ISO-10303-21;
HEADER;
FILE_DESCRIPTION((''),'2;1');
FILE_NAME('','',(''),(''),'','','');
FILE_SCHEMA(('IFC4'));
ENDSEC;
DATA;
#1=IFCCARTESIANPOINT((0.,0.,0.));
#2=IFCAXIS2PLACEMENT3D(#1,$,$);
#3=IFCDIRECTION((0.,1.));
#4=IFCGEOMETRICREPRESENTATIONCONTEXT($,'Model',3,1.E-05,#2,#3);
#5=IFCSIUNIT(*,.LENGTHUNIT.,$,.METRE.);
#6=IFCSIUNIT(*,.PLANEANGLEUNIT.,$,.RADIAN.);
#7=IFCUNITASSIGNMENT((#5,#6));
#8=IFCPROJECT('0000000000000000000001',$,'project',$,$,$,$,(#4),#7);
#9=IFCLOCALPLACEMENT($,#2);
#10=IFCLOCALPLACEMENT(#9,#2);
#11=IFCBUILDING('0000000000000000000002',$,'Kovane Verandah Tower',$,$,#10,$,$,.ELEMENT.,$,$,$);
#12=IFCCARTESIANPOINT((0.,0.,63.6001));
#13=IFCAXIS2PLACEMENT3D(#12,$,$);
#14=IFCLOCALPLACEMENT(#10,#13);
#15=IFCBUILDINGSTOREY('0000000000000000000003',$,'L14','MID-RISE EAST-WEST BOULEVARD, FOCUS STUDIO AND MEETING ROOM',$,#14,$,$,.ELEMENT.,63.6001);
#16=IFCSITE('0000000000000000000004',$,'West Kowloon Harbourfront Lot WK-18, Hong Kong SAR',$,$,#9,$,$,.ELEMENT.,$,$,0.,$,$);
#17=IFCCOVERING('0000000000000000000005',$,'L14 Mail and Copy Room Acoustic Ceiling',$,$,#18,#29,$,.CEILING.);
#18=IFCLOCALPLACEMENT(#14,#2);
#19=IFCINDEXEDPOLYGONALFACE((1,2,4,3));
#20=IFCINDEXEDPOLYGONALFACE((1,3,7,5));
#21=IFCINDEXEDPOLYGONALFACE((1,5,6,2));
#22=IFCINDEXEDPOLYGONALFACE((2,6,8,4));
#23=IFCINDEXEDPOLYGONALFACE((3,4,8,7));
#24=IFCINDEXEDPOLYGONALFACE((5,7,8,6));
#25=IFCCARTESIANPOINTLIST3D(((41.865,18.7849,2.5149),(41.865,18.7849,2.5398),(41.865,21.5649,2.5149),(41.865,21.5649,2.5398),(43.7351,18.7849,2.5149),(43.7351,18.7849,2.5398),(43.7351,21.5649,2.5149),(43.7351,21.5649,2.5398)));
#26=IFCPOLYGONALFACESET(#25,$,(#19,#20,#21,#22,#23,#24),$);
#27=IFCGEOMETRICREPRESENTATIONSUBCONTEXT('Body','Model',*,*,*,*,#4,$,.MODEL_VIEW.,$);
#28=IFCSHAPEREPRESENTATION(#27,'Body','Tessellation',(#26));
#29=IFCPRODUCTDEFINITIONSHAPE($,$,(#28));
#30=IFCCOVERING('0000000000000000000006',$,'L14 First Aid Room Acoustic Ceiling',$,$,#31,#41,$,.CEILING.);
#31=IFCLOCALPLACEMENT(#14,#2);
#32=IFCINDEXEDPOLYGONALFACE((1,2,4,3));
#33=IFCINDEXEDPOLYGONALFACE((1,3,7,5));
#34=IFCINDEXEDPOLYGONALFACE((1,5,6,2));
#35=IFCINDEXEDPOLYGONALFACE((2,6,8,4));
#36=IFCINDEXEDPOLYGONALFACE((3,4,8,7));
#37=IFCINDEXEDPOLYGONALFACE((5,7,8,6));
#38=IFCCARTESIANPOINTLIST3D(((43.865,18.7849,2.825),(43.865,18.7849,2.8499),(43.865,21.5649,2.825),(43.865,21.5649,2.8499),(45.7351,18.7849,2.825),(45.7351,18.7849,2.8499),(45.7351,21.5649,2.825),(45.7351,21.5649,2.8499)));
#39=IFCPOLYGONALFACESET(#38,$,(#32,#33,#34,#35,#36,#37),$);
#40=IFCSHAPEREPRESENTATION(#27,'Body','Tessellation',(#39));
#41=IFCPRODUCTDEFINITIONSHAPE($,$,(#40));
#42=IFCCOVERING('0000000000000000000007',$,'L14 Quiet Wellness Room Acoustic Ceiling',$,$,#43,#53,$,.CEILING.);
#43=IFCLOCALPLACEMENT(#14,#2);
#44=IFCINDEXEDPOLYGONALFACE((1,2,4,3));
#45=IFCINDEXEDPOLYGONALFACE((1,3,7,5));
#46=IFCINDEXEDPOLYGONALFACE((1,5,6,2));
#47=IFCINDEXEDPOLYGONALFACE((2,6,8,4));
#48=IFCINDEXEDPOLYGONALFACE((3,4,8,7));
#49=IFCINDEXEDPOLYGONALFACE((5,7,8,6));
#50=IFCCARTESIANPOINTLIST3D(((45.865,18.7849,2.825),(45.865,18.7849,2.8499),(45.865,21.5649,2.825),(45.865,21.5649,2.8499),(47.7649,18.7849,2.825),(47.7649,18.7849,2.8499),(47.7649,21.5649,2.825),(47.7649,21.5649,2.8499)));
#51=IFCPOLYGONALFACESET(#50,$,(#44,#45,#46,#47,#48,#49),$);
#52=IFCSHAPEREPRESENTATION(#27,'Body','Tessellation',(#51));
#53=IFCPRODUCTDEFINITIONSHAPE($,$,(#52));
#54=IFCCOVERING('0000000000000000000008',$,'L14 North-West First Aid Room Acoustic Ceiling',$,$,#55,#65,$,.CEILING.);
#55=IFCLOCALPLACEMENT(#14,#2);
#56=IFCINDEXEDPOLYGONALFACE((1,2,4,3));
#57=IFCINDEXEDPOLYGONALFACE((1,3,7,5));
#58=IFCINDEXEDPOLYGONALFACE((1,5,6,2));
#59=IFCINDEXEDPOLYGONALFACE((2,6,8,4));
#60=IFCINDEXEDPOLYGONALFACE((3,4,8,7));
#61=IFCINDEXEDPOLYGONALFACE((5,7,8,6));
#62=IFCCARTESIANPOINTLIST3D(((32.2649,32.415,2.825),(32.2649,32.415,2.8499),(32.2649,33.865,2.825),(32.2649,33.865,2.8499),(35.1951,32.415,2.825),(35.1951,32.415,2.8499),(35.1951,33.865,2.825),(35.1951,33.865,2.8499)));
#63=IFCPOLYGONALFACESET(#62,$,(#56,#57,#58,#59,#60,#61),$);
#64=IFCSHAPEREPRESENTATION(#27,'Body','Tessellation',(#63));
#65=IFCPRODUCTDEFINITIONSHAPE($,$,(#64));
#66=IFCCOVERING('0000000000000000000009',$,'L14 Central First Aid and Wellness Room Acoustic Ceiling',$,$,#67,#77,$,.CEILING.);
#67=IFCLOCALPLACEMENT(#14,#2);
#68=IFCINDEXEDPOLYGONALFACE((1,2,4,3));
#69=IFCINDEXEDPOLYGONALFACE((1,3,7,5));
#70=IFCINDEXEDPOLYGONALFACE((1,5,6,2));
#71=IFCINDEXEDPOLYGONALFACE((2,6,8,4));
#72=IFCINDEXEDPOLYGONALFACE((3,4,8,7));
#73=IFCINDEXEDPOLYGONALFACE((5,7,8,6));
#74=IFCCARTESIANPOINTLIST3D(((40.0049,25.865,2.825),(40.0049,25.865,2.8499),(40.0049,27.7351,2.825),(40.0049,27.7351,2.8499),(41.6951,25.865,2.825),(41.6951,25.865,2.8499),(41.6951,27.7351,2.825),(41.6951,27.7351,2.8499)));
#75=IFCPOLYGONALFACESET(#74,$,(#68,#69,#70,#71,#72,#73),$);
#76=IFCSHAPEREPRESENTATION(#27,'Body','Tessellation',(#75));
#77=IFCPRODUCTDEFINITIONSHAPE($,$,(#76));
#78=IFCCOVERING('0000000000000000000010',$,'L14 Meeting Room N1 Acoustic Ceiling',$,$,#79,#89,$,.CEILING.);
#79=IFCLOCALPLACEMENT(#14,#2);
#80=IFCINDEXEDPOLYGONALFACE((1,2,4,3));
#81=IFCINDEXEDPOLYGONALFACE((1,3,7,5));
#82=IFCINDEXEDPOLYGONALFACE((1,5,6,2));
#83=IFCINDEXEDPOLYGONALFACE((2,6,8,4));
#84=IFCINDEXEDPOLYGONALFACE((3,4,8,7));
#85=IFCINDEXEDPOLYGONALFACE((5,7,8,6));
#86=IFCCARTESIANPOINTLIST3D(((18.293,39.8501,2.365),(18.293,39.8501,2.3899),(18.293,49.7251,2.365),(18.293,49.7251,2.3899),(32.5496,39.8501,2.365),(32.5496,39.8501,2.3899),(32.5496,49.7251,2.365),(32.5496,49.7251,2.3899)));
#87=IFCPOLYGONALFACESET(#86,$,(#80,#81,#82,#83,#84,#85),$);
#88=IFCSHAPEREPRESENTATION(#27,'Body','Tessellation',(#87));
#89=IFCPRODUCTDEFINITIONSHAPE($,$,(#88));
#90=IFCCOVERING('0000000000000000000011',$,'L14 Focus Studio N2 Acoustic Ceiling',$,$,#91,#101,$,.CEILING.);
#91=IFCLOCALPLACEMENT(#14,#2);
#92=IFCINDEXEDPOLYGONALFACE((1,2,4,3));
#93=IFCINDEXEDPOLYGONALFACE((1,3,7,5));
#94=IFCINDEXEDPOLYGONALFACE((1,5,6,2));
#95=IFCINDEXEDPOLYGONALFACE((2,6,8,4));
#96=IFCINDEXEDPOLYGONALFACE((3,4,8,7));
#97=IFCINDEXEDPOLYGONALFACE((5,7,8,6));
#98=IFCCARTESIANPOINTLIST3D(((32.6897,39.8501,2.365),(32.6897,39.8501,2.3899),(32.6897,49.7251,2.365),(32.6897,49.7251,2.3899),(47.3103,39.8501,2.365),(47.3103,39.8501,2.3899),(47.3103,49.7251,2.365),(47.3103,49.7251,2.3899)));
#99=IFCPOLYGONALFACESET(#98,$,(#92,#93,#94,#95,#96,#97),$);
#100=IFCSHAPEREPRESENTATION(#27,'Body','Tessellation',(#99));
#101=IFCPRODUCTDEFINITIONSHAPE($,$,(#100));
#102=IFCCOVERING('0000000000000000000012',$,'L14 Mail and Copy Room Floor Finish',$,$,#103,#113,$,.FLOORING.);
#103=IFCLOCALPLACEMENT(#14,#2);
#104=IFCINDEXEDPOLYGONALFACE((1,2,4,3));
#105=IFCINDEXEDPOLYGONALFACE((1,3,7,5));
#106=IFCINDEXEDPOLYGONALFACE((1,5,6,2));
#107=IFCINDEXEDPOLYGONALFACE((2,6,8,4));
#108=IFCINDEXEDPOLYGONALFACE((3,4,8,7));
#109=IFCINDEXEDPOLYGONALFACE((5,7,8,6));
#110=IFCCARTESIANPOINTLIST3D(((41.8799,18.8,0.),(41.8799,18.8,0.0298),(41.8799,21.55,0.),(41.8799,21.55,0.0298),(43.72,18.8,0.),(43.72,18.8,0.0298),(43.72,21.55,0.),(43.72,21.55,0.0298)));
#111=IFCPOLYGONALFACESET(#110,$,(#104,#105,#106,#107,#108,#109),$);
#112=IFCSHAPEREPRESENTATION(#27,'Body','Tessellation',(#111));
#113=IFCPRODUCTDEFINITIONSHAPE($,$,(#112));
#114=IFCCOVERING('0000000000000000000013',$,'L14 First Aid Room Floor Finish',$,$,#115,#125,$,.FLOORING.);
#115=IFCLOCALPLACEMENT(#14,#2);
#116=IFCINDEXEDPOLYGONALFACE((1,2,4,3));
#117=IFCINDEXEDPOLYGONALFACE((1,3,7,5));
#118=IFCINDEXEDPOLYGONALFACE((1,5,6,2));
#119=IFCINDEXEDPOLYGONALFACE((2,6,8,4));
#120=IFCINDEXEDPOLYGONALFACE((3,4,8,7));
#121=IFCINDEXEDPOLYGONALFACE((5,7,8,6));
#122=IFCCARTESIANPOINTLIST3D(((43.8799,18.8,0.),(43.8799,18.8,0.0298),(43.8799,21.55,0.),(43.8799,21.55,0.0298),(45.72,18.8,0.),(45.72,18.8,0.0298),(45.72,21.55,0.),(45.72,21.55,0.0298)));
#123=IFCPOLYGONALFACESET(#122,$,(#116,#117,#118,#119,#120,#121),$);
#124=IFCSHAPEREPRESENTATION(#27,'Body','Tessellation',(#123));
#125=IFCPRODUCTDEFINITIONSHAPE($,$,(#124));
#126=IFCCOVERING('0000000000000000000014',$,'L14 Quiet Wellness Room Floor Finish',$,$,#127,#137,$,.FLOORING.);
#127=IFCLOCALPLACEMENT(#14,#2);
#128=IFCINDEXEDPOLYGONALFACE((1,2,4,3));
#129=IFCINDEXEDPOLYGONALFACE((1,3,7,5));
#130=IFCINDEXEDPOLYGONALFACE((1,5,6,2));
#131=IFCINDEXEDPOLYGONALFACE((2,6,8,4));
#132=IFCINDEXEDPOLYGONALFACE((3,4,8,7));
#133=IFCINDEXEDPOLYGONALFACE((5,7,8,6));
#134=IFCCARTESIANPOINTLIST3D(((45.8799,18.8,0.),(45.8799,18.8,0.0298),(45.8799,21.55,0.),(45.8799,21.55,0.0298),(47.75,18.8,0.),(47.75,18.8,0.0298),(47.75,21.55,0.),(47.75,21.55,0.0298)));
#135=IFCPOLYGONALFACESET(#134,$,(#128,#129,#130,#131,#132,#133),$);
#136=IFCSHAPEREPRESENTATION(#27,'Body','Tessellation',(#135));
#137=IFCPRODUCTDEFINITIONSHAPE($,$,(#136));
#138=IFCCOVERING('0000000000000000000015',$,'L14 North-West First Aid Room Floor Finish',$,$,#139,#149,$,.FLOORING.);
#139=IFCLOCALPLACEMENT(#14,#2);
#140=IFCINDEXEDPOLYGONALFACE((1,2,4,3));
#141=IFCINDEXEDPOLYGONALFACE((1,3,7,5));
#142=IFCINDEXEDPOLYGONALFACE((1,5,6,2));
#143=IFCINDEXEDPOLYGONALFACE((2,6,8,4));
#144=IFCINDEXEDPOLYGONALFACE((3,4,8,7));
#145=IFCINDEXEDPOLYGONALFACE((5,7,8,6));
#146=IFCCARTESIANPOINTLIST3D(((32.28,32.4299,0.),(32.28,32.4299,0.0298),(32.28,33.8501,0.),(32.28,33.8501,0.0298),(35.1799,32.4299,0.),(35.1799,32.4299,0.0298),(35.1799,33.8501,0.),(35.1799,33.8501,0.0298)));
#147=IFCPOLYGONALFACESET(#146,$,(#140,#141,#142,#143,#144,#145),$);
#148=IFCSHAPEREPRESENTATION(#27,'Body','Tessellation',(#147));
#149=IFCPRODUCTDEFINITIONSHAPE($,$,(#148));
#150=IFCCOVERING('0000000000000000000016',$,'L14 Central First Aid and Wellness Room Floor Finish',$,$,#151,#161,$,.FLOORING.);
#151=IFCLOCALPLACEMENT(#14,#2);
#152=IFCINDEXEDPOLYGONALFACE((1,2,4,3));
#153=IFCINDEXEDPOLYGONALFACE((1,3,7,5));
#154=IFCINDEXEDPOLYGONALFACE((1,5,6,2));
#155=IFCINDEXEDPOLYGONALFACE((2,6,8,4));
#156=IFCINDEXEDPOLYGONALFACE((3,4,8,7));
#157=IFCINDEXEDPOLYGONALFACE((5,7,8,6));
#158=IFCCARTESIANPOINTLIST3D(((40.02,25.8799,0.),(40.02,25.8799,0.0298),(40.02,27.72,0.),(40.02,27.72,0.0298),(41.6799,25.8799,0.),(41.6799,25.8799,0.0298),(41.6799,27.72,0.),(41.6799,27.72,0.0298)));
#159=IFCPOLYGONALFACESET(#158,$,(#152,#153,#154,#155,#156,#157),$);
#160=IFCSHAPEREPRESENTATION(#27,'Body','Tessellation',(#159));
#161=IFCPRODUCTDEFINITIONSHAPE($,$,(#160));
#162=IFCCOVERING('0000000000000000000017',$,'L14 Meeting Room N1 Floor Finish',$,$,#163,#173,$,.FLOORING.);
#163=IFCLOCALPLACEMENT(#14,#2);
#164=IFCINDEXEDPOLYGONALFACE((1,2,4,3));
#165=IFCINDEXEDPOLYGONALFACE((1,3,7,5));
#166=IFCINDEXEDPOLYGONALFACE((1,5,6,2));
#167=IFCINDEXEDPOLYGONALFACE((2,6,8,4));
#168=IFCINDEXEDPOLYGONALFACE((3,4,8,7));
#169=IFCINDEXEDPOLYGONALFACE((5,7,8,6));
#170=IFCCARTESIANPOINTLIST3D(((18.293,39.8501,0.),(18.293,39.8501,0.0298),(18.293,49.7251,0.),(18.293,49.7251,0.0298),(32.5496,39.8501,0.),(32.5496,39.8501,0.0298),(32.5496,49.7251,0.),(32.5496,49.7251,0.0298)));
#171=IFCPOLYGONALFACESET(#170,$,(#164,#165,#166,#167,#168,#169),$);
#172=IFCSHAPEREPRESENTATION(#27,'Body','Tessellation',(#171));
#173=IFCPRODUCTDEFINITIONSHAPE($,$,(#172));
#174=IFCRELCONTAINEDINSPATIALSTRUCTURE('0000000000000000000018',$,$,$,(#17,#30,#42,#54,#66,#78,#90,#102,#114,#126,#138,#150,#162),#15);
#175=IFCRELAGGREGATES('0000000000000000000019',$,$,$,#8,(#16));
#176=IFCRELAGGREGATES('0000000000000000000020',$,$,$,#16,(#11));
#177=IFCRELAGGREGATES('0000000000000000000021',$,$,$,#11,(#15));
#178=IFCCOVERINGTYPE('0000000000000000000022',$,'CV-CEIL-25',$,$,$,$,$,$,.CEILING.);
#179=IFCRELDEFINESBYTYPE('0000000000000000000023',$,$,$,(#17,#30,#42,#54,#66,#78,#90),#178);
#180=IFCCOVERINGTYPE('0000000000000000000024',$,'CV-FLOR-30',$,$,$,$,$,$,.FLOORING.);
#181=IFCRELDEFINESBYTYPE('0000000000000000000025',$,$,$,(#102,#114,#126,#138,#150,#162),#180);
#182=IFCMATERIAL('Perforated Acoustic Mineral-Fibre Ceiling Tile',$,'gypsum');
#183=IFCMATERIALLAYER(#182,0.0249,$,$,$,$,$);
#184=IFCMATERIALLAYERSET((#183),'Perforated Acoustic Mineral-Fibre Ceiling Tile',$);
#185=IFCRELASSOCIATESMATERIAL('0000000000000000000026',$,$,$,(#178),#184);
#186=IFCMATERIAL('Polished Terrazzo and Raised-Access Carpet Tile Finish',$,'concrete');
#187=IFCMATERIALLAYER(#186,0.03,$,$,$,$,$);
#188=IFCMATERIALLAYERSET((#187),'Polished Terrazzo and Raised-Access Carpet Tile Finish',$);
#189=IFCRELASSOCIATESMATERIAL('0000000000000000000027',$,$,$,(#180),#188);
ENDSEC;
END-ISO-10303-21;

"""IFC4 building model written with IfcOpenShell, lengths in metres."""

from ifc_helpers import new_model, si_unit, direction, frame, origin, place, context, subcontext, project, spatial, polyline, outline, extrude, material, layer, layer_set, type_object, element, save


model = new_model("IFC4")

# Units and contexts
model_context = context("Model", 3, precision=1e-05, world=origin(), true_north=direction((0.0, 1.0)))
body_context = subcontext(model_context, "Body", "Model", "MODEL_VIEW")
ifc_project = project(units=[si_unit("LENGTHUNIT", "METRE"), si_unit("PLANEANGLEUNIT", "RADIAN")], contexts=[model_context])

# Site, building, storey
site_placement = place(None, origin())
site = spatial("IfcSite", under=ifc_project, at=site_placement, Name="West Kowloon Harbourfront Lot WK-18, Hong Kong SAR", CompositionType="ELEMENT", RefElevation=0.0)
building_placement = place(site_placement, origin())
building = spatial("IfcBuilding", under=site, at=building_placement, Name="Kovane Verandah Tower", CompositionType="ELEMENT")
storey_placement = place(building_placement, frame((0.0, 0.0, 63.6001)))
storey = spatial("IfcBuildingStorey", under=building, at=storey_placement, Name="L14", Description="MID-RISE EAST-WEST BOULEVARD, FOCUS STUDIO AND MEETING ROOM", CompositionType="ELEMENT", Elevation=63.6001)

# Coverings
ifc_material_1 = material(Name="Perforated Acoustic Mineral-Fibre Ceiling Tile", Category="gypsum")
ifc_layer_1 = layer(ifc_material_1, 0.0249)
ifc_layer_set_1 = layer_set([ifc_layer_1], Name="Perforated Acoustic Mineral-Fibre Ceiling Tile")
covering_type_1 = type_object("IfcCoveringType", Name="CV-CEIL-25", PredefinedType="CEILING", material=ifc_layer_set_1)
covering_1_placement = place(storey_placement, frame((0.0, 0.0, 2.5149)))
element("IfcCovering", 1, at=covering_1_placement, inside=storey, type_object=covering_type_1, Name="L14 Mail and Copy Room Acoustic Ceiling", PredefinedType="CEILING", context=body_context, shape_type="SweptSolid", body=[
    extrude(outline(polyline([(41.865, 18.7849), (43.7351, 18.7849), (43.7351, 21.5649), (41.865, 21.5649), (41.865, 18.7849)])), origin(), (0.0, 0.0, 1.0), 0.0249),
])
covering_2_placement = place(storey_placement, frame((0.0, 0.0, 2.825)))
element("IfcCovering", 2, at=covering_2_placement, inside=storey, type_object=covering_type_1, Name="L14 First Aid Room Acoustic Ceiling", PredefinedType="CEILING", context=body_context, shape_type="SweptSolid", body=[
    extrude(outline(polyline([(43.865, 18.7849), (45.7351, 18.7849), (45.7351, 21.5649), (43.865, 21.5649), (43.865, 18.7849)])), origin(), (0.0, 0.0, 1.0), 0.0249),
])
covering_3_placement = place(storey_placement, frame((0.0, 0.0, 2.825)))
element("IfcCovering", 3, at=covering_3_placement, inside=storey, type_object=covering_type_1, Name="L14 Quiet Wellness Room Acoustic Ceiling", PredefinedType="CEILING", context=body_context, shape_type="SweptSolid", body=[
    extrude(outline(polyline([(45.865, 18.7849), (47.7649, 18.7849), (47.7649, 21.5649), (45.865, 21.5649), (45.865, 18.7849)])), origin(), (0.0, 0.0, 1.0), 0.0249),
])
covering_4_placement = place(storey_placement, frame((0.0, 0.0, 2.825)))
element("IfcCovering", 4, at=covering_4_placement, inside=storey, type_object=covering_type_1, Name="L14 North-West First Aid Room Acoustic Ceiling", PredefinedType="CEILING", context=body_context, shape_type="SweptSolid", body=[
    extrude(outline(polyline([(32.2649, 32.415), (35.1951, 32.415), (35.1951, 33.865), (32.2649, 33.865), (32.2649, 32.415)])), origin(), (0.0, 0.0, 1.0), 0.0249),
])
covering_5_placement = place(storey_placement, frame((0.0, 0.0, 2.825)))
element("IfcCovering", 5, at=covering_5_placement, inside=storey, type_object=covering_type_1, Name="L14 Central First Aid and Wellness Room Acoustic Ceiling", PredefinedType="CEILING", context=body_context, shape_type="SweptSolid", body=[
    extrude(outline(polyline([(40.0049, 25.865), (41.6951, 25.865), (41.6951, 27.7351), (40.0049, 27.7351), (40.0049, 25.865)])), origin(), (0.0, 0.0, 1.0), 0.0249),
])
covering_6_placement = place(storey_placement, frame((0.0, 0.0, 2.365)))
element("IfcCovering", 6, at=covering_6_placement, inside=storey, type_object=covering_type_1, Name="L14 Meeting Room N1 Acoustic Ceiling", PredefinedType="CEILING", context=body_context, shape_type="SweptSolid", body=[
    extrude(outline(polyline([(18.293, 39.8501), (32.5496, 39.8501), (32.5496, 49.7251), (18.293, 49.7251), (18.293, 39.8501)])), origin(), (0.0, 0.0, 1.0), 0.0249),
])
covering_7_placement = place(storey_placement, frame((0.0, 0.0, 2.365)))
element("IfcCovering", 7, at=covering_7_placement, inside=storey, type_object=covering_type_1, Name="L14 Focus Studio N2 Acoustic Ceiling", PredefinedType="CEILING", context=body_context, shape_type="SweptSolid", body=[
    extrude(outline(polyline([(32.6897, 39.8501), (47.3103, 39.8501), (47.3103, 49.7251), (32.6897, 49.7251), (32.6897, 39.8501)])), origin(), (0.0, 0.0, 1.0), 0.0249),
])
ifc_material_2 = material(Name="Polished Terrazzo and Raised-Access Carpet Tile Finish", Category="concrete")
ifc_layer_2 = layer(ifc_material_2, 0.03)
ifc_layer_set_2 = layer_set([ifc_layer_2], Name="Polished Terrazzo and Raised-Access Carpet Tile Finish")
covering_type_2 = type_object("IfcCoveringType", Name="CV-FLOR-30", PredefinedType="FLOORING", material=ifc_layer_set_2)
covering_8_placement = place(storey_placement, origin())
element("IfcCovering", 8, at=covering_8_placement, inside=storey, type_object=covering_type_2, Name="L14 Mail and Copy Room Floor Finish", PredefinedType="FLOORING", context=body_context, shape_type="SweptSolid", body=[
    extrude(outline(polyline([(41.8799, 18.8), (43.72, 18.8), (43.72, 21.55), (41.8799, 21.55), (41.8799, 18.8)])), origin(), (0.0, 0.0, 1.0), 0.0298),
])
covering_9_placement = place(storey_placement, origin())
element("IfcCovering", 9, at=covering_9_placement, inside=storey, type_object=covering_type_2, Name="L14 First Aid Room Floor Finish", PredefinedType="FLOORING", context=body_context, shape_type="SweptSolid", body=[
    extrude(outline(polyline([(43.8799, 18.8), (45.72, 18.8), (45.72, 21.55), (43.8799, 21.55), (43.8799, 18.8)])), origin(), (0.0, 0.0, 1.0), 0.0298),
])
covering_10_placement = place(storey_placement, origin())
element("IfcCovering", 10, at=covering_10_placement, inside=storey, type_object=covering_type_2, Name="L14 Quiet Wellness Room Floor Finish", PredefinedType="FLOORING", context=body_context, shape_type="SweptSolid", body=[
    extrude(outline(polyline([(45.8799, 18.8), (47.75, 18.8), (47.75, 21.55), (45.8799, 21.55), (45.8799, 18.8)])), origin(), (0.0, 0.0, 1.0), 0.0298),
])
covering_11_placement = place(storey_placement, origin())
element("IfcCovering", 11, at=covering_11_placement, inside=storey, type_object=covering_type_2, Name="L14 North-West First Aid Room Floor Finish", PredefinedType="FLOORING", context=body_context, shape_type="SweptSolid", body=[
    extrude(outline(polyline([(32.28, 32.4299), (35.1799, 32.4299), (35.1799, 33.8501), (32.28, 33.8501), (32.28, 32.4299)])), origin(), (0.0, 0.0, 1.0), 0.0298),
])
covering_12_placement = place(storey_placement, origin())
element("IfcCovering", 12, at=covering_12_placement, inside=storey, type_object=covering_type_2, Name="L14 Central First Aid and Wellness Room Floor Finish", PredefinedType="FLOORING", context=body_context, shape_type="SweptSolid", body=[
    extrude(outline(polyline([(40.02, 25.8799), (41.6799, 25.8799), (41.6799, 27.72), (40.02, 27.72), (40.02, 25.8799)])), origin(), (0.0, 0.0, 1.0), 0.0298),
])
covering_13_placement = place(storey_placement, origin())
element("IfcCovering", 13, at=covering_13_placement, inside=storey, type_object=covering_type_2, Name="L14 Meeting Room N1 Floor Finish", PredefinedType="FLOORING", context=body_context, shape_type="SweptSolid", body=[
    extrude(outline(polyline([(18.293, 39.8501), (32.5496, 39.8501), (32.5496, 49.7251), (18.293, 49.7251), (18.293, 39.8501)])), origin(), (0.0, 0.0, 1.0), 0.0298),
])

save(model, "model.ifc")
